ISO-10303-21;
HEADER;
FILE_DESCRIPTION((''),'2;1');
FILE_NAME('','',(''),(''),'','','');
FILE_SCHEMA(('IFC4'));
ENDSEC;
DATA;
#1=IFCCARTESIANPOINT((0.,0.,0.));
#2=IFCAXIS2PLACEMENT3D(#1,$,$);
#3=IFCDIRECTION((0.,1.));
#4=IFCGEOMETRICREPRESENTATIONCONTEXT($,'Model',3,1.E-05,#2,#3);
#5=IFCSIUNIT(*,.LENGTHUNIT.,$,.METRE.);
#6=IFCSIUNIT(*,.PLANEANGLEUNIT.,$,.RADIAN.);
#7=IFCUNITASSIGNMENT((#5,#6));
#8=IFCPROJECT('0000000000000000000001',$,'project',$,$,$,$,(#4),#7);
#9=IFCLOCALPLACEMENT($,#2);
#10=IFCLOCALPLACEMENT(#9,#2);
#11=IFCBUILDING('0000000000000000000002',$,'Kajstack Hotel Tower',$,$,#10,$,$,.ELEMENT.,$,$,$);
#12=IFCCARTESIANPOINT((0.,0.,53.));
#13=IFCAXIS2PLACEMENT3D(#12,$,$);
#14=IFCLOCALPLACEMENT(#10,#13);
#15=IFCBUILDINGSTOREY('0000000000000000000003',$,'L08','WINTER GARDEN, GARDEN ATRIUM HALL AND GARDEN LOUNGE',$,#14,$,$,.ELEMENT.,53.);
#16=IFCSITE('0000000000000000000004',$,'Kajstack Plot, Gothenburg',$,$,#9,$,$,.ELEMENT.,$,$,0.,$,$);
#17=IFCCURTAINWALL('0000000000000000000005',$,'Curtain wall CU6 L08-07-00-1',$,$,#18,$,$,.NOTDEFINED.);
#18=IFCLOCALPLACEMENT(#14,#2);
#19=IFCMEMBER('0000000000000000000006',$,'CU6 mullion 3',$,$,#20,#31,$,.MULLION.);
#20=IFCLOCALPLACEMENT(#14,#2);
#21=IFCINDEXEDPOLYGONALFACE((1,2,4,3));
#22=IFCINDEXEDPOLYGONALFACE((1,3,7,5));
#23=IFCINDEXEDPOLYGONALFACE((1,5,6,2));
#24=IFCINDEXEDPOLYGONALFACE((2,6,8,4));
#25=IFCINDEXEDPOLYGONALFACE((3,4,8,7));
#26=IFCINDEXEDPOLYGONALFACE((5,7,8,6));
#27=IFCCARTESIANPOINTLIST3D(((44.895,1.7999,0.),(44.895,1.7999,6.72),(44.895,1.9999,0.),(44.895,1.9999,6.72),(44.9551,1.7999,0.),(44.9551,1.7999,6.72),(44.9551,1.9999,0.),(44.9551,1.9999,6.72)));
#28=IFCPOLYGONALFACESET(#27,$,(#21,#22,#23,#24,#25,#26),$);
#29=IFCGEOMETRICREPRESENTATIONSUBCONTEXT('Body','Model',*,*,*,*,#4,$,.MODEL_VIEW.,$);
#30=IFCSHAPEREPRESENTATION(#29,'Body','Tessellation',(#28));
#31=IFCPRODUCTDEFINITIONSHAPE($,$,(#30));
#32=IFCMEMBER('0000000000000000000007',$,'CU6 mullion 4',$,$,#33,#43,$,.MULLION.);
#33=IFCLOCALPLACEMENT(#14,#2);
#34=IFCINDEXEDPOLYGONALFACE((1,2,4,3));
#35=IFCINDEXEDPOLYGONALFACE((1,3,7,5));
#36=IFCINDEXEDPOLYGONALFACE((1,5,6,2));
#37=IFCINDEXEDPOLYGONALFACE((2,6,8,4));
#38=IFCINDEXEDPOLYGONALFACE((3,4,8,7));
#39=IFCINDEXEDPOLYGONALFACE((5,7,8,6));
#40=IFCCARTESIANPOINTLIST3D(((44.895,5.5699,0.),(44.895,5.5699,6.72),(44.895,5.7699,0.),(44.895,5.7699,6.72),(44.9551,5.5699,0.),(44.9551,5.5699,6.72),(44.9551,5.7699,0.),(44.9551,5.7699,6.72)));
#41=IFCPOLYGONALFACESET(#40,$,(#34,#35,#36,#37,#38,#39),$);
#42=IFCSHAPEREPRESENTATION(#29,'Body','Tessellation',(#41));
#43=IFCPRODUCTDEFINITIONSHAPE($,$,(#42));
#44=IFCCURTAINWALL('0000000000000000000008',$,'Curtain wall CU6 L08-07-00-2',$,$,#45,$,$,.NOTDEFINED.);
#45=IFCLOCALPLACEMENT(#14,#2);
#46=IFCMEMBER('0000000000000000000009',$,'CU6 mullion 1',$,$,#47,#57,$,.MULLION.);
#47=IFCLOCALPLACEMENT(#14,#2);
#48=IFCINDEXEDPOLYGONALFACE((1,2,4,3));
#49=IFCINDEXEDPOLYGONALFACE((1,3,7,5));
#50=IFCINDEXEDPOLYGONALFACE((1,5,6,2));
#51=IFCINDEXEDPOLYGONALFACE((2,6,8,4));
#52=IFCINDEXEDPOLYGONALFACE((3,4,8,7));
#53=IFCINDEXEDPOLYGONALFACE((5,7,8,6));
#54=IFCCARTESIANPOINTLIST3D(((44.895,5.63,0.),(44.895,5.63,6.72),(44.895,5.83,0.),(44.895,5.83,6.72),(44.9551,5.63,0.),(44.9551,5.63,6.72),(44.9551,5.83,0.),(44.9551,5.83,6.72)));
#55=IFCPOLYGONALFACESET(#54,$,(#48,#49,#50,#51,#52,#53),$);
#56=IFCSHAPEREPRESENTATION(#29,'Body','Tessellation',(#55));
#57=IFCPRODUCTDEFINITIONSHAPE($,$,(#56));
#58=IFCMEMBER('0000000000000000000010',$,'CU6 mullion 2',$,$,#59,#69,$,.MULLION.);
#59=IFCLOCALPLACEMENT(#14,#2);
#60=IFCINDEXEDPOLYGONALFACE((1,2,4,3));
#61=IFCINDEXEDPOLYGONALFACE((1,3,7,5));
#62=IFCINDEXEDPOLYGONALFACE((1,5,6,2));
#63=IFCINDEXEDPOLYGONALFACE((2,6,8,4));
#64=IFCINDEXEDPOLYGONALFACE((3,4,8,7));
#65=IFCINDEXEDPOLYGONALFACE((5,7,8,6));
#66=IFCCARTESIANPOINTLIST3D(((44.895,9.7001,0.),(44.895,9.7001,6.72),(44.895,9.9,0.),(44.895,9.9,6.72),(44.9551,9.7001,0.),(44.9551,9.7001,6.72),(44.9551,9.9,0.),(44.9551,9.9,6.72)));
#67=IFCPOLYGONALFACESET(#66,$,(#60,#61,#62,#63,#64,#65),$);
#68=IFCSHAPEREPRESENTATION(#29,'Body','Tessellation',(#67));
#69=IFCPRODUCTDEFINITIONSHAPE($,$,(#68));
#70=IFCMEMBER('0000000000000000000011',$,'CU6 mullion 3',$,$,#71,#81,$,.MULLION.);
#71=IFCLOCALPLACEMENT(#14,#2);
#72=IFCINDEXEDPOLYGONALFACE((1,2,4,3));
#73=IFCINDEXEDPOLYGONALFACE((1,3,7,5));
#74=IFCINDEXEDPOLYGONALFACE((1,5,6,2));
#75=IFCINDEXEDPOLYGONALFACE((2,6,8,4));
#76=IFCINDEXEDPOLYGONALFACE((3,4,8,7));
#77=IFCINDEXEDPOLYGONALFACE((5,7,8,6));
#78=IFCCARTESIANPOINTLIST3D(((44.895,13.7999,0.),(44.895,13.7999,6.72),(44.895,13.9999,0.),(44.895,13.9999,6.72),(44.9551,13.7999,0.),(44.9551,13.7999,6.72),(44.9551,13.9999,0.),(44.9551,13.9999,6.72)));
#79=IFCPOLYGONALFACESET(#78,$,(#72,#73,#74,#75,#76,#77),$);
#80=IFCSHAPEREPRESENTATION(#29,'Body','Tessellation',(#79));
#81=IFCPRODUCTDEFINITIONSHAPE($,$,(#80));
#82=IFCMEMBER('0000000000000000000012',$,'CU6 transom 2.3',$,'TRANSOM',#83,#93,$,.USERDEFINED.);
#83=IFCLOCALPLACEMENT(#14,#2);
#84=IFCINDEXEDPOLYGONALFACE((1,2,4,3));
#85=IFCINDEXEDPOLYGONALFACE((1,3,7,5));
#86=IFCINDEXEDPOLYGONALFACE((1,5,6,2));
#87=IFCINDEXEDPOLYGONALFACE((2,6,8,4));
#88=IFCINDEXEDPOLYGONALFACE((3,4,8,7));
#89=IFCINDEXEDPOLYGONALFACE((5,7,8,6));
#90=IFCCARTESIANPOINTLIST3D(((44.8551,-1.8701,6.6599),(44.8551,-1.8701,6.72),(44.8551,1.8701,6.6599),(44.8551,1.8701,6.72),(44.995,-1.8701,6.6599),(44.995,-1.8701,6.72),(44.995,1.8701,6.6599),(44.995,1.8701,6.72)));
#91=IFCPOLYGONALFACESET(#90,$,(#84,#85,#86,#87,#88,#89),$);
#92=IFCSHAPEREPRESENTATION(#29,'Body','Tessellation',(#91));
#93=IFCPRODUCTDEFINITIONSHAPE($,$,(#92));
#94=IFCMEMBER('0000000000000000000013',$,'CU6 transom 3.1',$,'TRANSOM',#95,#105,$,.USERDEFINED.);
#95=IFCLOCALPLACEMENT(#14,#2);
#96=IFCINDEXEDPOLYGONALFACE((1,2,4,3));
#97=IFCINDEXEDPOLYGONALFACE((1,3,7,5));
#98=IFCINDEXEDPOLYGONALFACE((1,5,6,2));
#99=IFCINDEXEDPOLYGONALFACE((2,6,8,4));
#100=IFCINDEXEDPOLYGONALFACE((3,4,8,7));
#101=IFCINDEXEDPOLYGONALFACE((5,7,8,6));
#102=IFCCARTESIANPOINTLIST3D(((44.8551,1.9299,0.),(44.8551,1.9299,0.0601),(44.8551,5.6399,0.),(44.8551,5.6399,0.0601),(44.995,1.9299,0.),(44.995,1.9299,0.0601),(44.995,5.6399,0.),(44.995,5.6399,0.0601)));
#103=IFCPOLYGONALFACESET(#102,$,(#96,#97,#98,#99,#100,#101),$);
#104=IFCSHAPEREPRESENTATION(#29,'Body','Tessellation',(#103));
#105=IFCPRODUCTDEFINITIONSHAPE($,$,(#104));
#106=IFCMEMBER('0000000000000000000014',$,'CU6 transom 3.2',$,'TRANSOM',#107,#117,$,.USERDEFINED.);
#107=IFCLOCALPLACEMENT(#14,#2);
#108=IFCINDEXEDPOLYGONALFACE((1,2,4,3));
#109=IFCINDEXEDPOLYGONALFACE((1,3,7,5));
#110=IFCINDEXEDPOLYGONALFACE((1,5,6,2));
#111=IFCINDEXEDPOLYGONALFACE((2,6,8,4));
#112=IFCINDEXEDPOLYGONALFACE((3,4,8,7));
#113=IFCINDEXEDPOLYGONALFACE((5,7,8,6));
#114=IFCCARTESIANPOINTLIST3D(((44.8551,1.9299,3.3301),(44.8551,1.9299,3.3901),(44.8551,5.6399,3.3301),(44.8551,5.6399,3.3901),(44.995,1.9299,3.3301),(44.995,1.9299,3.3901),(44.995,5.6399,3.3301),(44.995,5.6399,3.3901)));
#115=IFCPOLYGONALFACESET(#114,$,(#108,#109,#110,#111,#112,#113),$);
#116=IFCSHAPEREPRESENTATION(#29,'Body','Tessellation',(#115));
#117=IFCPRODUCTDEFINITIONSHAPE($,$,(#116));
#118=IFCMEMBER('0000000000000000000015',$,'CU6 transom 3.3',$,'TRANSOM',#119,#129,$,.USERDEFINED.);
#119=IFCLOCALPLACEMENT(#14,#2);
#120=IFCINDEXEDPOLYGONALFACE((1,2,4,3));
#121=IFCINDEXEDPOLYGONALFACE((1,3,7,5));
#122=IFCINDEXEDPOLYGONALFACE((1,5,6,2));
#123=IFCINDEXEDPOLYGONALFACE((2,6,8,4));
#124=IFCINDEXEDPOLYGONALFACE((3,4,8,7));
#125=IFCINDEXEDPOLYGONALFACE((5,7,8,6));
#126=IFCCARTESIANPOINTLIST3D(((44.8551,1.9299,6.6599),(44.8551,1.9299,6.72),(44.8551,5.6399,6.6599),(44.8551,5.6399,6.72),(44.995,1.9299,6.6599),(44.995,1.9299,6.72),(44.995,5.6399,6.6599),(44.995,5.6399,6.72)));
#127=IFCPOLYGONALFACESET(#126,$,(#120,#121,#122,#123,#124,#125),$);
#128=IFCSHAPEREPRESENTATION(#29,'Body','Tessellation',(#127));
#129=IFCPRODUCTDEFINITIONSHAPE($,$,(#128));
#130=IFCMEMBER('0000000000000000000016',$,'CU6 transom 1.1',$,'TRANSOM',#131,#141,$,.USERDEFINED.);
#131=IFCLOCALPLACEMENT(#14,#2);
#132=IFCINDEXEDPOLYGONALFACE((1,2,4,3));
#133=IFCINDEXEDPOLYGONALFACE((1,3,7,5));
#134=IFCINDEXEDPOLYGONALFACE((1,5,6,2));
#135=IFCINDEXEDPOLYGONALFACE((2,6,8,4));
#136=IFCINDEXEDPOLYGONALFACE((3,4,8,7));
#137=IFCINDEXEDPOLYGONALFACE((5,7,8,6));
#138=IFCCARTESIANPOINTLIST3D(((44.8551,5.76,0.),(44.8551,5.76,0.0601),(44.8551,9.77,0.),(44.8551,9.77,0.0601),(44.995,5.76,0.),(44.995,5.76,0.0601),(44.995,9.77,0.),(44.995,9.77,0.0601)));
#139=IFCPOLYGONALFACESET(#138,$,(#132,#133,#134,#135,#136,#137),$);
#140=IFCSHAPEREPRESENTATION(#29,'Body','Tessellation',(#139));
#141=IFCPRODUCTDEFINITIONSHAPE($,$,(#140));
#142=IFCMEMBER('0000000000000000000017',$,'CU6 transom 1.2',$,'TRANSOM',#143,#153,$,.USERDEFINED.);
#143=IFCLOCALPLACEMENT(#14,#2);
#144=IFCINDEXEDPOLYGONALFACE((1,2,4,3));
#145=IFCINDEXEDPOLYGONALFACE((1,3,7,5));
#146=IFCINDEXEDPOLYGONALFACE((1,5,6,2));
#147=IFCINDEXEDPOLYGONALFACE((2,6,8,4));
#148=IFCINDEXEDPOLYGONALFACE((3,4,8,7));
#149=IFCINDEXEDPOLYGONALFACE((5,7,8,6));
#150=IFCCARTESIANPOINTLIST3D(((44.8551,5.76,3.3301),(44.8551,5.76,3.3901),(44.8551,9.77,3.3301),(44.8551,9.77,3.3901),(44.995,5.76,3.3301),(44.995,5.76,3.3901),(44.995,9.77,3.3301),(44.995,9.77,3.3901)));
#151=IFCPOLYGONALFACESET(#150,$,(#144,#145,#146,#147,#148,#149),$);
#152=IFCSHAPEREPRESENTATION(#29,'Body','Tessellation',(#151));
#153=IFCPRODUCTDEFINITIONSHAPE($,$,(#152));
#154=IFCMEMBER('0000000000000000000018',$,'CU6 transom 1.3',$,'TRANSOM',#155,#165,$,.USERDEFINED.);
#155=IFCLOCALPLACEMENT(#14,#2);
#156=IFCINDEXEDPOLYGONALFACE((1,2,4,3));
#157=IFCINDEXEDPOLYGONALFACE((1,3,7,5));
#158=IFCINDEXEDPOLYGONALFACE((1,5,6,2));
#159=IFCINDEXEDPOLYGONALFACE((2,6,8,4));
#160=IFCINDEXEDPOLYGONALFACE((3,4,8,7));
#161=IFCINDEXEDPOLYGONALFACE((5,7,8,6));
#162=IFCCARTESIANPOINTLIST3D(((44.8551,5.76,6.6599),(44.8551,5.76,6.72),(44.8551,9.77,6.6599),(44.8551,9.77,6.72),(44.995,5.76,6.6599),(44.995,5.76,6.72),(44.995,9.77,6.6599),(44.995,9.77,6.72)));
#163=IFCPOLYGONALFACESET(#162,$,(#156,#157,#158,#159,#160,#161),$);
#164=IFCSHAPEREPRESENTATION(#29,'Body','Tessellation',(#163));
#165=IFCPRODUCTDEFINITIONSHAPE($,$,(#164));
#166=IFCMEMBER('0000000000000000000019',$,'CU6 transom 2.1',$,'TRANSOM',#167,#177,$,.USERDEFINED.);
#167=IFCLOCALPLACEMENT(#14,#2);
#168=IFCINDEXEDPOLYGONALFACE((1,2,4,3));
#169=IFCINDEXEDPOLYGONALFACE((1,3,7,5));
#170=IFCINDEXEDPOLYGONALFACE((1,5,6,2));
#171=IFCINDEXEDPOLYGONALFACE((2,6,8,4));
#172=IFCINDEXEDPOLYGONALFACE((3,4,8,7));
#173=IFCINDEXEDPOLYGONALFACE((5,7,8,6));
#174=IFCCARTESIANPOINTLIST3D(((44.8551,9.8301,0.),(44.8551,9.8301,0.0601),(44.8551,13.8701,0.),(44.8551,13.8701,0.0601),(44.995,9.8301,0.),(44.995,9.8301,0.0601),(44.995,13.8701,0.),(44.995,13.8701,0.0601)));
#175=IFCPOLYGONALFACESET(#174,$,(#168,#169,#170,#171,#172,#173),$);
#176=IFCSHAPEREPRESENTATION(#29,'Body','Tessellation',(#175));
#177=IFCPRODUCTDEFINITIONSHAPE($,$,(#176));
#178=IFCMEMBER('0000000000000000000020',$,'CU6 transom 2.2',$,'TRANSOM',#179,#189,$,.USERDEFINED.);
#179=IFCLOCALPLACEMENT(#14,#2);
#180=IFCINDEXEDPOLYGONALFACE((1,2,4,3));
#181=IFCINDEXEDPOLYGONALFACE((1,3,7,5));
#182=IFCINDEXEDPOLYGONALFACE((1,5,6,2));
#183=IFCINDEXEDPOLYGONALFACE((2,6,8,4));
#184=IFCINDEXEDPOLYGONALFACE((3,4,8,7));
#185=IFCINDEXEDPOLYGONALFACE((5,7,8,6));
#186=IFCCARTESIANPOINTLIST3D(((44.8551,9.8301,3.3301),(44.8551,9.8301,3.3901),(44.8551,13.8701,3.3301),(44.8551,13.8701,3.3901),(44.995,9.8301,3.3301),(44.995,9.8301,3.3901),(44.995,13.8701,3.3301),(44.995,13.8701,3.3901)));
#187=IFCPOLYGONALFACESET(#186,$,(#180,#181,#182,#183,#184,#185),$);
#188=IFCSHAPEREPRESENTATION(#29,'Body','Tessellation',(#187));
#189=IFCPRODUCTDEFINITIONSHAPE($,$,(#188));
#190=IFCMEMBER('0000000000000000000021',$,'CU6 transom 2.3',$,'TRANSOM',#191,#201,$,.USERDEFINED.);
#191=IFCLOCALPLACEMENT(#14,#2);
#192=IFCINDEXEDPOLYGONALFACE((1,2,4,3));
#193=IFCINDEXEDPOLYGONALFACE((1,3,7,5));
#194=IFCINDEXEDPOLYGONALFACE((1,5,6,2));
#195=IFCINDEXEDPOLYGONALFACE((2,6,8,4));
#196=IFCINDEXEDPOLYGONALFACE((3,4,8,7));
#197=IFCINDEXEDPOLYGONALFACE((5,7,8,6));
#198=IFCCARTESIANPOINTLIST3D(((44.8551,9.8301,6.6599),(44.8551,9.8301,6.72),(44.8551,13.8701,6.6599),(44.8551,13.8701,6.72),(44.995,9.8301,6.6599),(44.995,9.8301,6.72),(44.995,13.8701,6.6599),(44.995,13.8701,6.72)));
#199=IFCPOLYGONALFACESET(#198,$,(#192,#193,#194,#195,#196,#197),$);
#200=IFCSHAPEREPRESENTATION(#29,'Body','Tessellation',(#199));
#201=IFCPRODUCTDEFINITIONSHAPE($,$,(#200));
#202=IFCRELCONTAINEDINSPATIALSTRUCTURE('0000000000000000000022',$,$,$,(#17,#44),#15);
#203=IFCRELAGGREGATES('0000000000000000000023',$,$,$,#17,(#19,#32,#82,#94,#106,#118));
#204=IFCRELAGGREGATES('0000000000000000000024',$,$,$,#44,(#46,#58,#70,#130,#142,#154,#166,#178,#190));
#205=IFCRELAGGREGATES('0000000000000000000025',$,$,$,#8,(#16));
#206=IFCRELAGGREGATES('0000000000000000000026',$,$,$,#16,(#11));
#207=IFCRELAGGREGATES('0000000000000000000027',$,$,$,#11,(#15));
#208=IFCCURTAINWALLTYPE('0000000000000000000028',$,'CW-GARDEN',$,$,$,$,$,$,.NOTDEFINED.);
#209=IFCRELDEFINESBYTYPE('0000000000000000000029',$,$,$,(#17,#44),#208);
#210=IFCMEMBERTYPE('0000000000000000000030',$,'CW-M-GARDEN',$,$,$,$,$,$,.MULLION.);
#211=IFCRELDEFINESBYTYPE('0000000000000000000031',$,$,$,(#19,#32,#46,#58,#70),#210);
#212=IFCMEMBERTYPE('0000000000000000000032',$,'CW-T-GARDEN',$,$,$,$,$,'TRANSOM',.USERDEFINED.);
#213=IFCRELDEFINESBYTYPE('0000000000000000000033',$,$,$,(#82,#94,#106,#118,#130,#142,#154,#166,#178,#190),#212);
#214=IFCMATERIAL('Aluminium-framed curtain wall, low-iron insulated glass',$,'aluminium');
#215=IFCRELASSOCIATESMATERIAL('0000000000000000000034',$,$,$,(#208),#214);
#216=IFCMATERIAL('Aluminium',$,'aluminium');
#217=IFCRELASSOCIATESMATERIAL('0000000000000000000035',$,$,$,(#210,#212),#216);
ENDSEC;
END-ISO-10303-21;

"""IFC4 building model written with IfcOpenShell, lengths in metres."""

from ifc_helpers import new_model, si_unit, direction, frame, origin, origin_2d, place, context, subcontext, project, spatial, rectangle, extrude, material, material_profile, profile_set, type_object, element, aggregate, save


model = new_model("IFC4")

# Units and contexts
model_context = context("Model", 3, precision=1e-05, world=origin(), true_north=direction((0.0, 1.0)))
body_context = subcontext(model_context, "Body", "Model", "MODEL_VIEW")
ifc_project = project(units=[si_unit("LENGTHUNIT", "METRE"), si_unit("PLANEANGLEUNIT", "RADIAN")], contexts=[model_context])

# Site, building, storey
site_placement = place(None, origin())
site = spatial("IfcSite", under=ifc_project, at=site_placement, Name="Kajstack Plot, Gothenburg", CompositionType="ELEMENT", RefElevation=0.0)
building_placement = place(site_placement, origin())
building = spatial("IfcBuilding", under=site, at=building_placement, Name="Kajstack Hotel Tower", CompositionType="ELEMENT")
storey_placement = place(building_placement, frame((0.0, 0.0, 53.0)))
storey = spatial("IfcBuildingStorey", under=building, at=storey_placement, Name="L08", Description="WINTER GARDEN, GARDEN ATRIUM HALL AND GARDEN LOUNGE", CompositionType="ELEMENT", Elevation=53.0)

# Curtain walls, members
ifc_material_1 = material(Name="Aluminium-framed curtain wall, low-iron insulated glass", Category="aluminium")
curtain_wall_type = type_object("IfcCurtainWallType", Name="CW-GARDEN", PredefinedType="NOTDEFINED", material=ifc_material_1)
curtain_wall_1_placement = place(storey_placement, origin())
curtain_wall_1 = element("IfcCurtainWall", 1, at=curtain_wall_1_placement, inside=storey, type_object=curtain_wall_type, Name="Curtain wall CU6 L08-07-00-1", PredefinedType="NOTDEFINED")
ifc_material_2 = material(Name="Aluminium", Category="aluminium")
ifc_material_profile_1 = material_profile(ifc_material_2, rectangle(XDim=0.0601, YDim=0.2, at=origin_2d()), Name="Aluminium mullion 60 x 200")
ifc_profile_set_1 = profile_set([ifc_material_profile_1], Name="Aluminium")
member_type_1 = type_object("IfcMemberType", Name="CW-M-GARDEN", PredefinedType="MULLION", material=ifc_profile_set_1)
member_1_placement = place(storey_placement, frame((44.925, 1.8999, 0.0), z_axis=(0.0, 0.0, 1.0), x_axis=(-1.0, 0.0, 0.0)))
member_1 = element("IfcMember", 2, at=member_1_placement, type_object=member_type_1, Name="CU6 mullion 3", PredefinedType="MULLION", context=body_context, shape_type="SweptSolid", body=[
    extrude(rectangle(XDim=0.0601, YDim=0.2, at=origin_2d()), origin(), (0.0, 0.0, 1.0), 6.72),
])
member_2_placement = place(storey_placement, frame((44.925, 5.6699, 0.0), z_axis=(0.0, 0.0, 1.0), x_axis=(-1.0, 0.0, 0.0)))
member_2 = element("IfcMember", 3, at=member_2_placement, type_object=member_type_1, Name="CU6 mullion 4", PredefinedType="MULLION", context=body_context, shape_type="SweptSolid", body=[
    extrude(rectangle(XDim=0.0601, YDim=0.2, at=origin_2d()), origin(), (0.0, 0.0, 1.0), 6.72),
])
curtain_wall_2_placement = place(storey_placement, origin())
curtain_wall_2 = element("IfcCurtainWall", 4, at=curtain_wall_2_placement, inside=storey, type_object=curtain_wall_type, Name="Curtain wall CU6 L08-07-00-2", PredefinedType="NOTDEFINED")
member_3_placement = place(storey_placement, frame((44.925, 5.73, 0.0), z_axis=(0.0, 0.0, 1.0), x_axis=(-1.0, 0.0, 0.0)))
member_3 = element("IfcMember", 5, at=member_3_placement, type_object=member_type_1, Name="CU6 mullion 1", PredefinedType="MULLION", context=body_context, shape_type="SweptSolid", body=[
    extrude(rectangle(XDim=0.0601, YDim=0.2, at=origin_2d()), origin(), (0.0, 0.0, 1.0), 6.72),
])
member_4_placement = place(storey_placement, frame((44.925, 9.8, 0.0), z_axis=(0.0, 0.0, 1.0), x_axis=(-1.0, 0.0, 0.0)))
member_4 = element("IfcMember", 6, at=member_4_placement, type_object=member_type_1, Name="CU6 mullion 2", PredefinedType="MULLION", context=body_context, shape_type="SweptSolid", body=[
    extrude(rectangle(XDim=0.0601, YDim=0.2, at=origin_2d()), origin(), (0.0, 0.0, 1.0), 6.72),
])
member_5_placement = place(storey_placement, frame((44.925, 13.8999, 0.0), z_axis=(0.0, 0.0, 1.0), x_axis=(-1.0, 0.0, 0.0)))
member_5 = element("IfcMember", 7, at=member_5_placement, type_object=member_type_1, Name="CU6 mullion 3", PredefinedType="MULLION", context=body_context, shape_type="SweptSolid", body=[
    extrude(rectangle(XDim=0.0601, YDim=0.2, at=origin_2d()), origin(), (0.0, 0.0, 1.0), 6.72),
])

# Members
ifc_material_profile_2 = material_profile(ifc_material_2, rectangle(XDim=0.1399, YDim=0.0601, at=origin_2d()), Name="Aluminium transom 140 x 60")
ifc_profile_set_2 = profile_set([ifc_material_profile_2], Name="Aluminium")
member_type_2 = type_object("IfcMemberType", Name="CW-T-GARDEN", ElementType="TRANSOM", PredefinedType="USERDEFINED", material=ifc_profile_set_2)
member_6_placement = place(storey_placement, frame((44.925, -1.8701, 6.6899), z_axis=(0.0, 1.0, 0.0), x_axis=(-1.0, 0.0, 0.0)))
member_6 = element("IfcMember", 8, at=member_6_placement, type_object=member_type_2, Name="CU6 transom 2.3", ObjectType="TRANSOM", PredefinedType="USERDEFINED", context=body_context, shape_type="SweptSolid", body=[
    extrude(rectangle(XDim=0.1399, YDim=0.0601, at=origin_2d()), origin(), (0.0, 0.0, 1.0), 3.7402),
])
member_7_placement = place(storey_placement, frame((44.925, 1.9299, 0.03), z_axis=(0.0, 1.0, 0.0), x_axis=(-1.0, 0.0, 0.0)))
member_7 = element("IfcMember", 9, at=member_7_placement, type_object=member_type_2, Name="CU6 transom 3.1", ObjectType="TRANSOM", PredefinedType="USERDEFINED", context=body_context, shape_type="SweptSolid", body=[
    extrude(rectangle(XDim=0.1399, YDim=0.0601, at=origin_2d()), origin(), (0.0, 0.0, 1.0), 3.71),
])
member_8_placement = place(storey_placement, frame((44.925, 1.9299, 3.3601), z_axis=(0.0, 1.0, 0.0), x_axis=(-1.0, 0.0, 0.0)))
member_8 = element("IfcMember", 10, at=member_8_placement, type_object=member_type_2, Name="CU6 transom 3.2", ObjectType="TRANSOM", PredefinedType="USERDEFINED", context=body_context, shape_type="SweptSolid", body=[
    extrude(rectangle(XDim=0.1399, YDim=0.0601, at=origin_2d()), origin(), (0.0, 0.0, 1.0), 3.71),
])
member_9_placement = place(storey_placement, frame((44.925, 1.9299, 6.6899), z_axis=(0.0, 1.0, 0.0), x_axis=(-1.0, 0.0, 0.0)))
member_9 = element("IfcMember", 11, at=member_9_placement, type_object=member_type_2, Name="CU6 transom 3.3", ObjectType="TRANSOM", PredefinedType="USERDEFINED", context=body_context, shape_type="SweptSolid", body=[
    extrude(rectangle(XDim=0.1399, YDim=0.0601, at=origin_2d()), origin(), (0.0, 0.0, 1.0), 3.71),
])
member_10_placement = place(storey_placement, frame((44.925, 5.76, 0.03), z_axis=(0.0, 1.0, 0.0), x_axis=(-1.0, 0.0, 0.0)))
member_10 = element("IfcMember", 12, at=member_10_placement, type_object=member_type_2, Name="CU6 transom 1.1", ObjectType="TRANSOM", PredefinedType="USERDEFINED", context=body_context, shape_type="SweptSolid", body=[
    extrude(rectangle(XDim=0.1399, YDim=0.0601, at=origin_2d()), origin(), (0.0, 0.0, 1.0), 4.01),
])
member_11_placement = place(storey_placement, frame((44.925, 5.76, 3.3601), z_axis=(0.0, 1.0, 0.0), x_axis=(-1.0, 0.0, 0.0)))
member_11 = element("IfcMember", 13, at=member_11_placement, type_object=member_type_2, Name="CU6 transom 1.2", ObjectType="TRANSOM", PredefinedType="USERDEFINED", context=body_context, shape_type="SweptSolid", body=[
    extrude(rectangle(XDim=0.1399, YDim=0.0601, at=origin_2d()), origin(), (0.0, 0.0, 1.0), 4.01),
])
member_12_placement = place(storey_placement, frame((44.925, 5.76, 6.6899), z_axis=(0.0, 1.0, 0.0), x_axis=(-1.0, 0.0, 0.0)))
member_12 = element("IfcMember", 14, at=member_12_placement, type_object=member_type_2, Name="CU6 transom 1.3", ObjectType="TRANSOM", PredefinedType="USERDEFINED", context=body_context, shape_type="SweptSolid", body=[
    extrude(rectangle(XDim=0.1399, YDim=0.0601, at=origin_2d()), origin(), (0.0, 0.0, 1.0), 4.01),
])
member_13_placement = place(storey_placement, frame((44.925, 9.8301, 0.03), z_axis=(0.0, 1.0, 0.0), x_axis=(-1.0, 0.0, 0.0)))
member_13 = element("IfcMember", 15, at=member_13_placement, type_object=member_type_2, Name="CU6 transom 2.1", ObjectType="TRANSOM", PredefinedType="USERDEFINED", context=body_context, shape_type="SweptSolid", body=[
    extrude(rectangle(XDim=0.1399, YDim=0.0601, at=origin_2d()), origin(), (0.0, 0.0, 1.0), 4.04),
])
member_14_placement = place(storey_placement, frame((44.925, 9.8301, 3.3601), z_axis=(0.0, 1.0, 0.0), x_axis=(-1.0, 0.0, 0.0)))
member_14 = element("IfcMember", 16, at=member_14_placement, type_object=member_type_2, Name="CU6 transom 2.2", ObjectType="TRANSOM", PredefinedType="USERDEFINED", context=body_context, shape_type="SweptSolid", body=[
    extrude(rectangle(XDim=0.1399, YDim=0.0601, at=origin_2d()), origin(), (0.0, 0.0, 1.0), 4.04),
])
member_15_placement = place(storey_placement, frame((44.925, 9.8301, 6.6899), z_axis=(0.0, 1.0, 0.0), x_axis=(-1.0, 0.0, 0.0)))
member_15 = element("IfcMember", 17, at=member_15_placement, type_object=member_type_2, Name="CU6 transom 2.3", ObjectType="TRANSOM", PredefinedType="USERDEFINED", context=body_context, shape_type="SweptSolid", body=[
    extrude(rectangle(XDim=0.1399, YDim=0.0601, at=origin_2d()), origin(), (0.0, 0.0, 1.0), 4.04),
])

aggregate(curtain_wall_1, [member_1, member_2, member_6, member_7, member_8, member_9])
aggregate(curtain_wall_2, [member_3, member_4, member_5, member_10, member_11, member_12, member_13, member_14, member_15])

save(model, "model.ifc")
